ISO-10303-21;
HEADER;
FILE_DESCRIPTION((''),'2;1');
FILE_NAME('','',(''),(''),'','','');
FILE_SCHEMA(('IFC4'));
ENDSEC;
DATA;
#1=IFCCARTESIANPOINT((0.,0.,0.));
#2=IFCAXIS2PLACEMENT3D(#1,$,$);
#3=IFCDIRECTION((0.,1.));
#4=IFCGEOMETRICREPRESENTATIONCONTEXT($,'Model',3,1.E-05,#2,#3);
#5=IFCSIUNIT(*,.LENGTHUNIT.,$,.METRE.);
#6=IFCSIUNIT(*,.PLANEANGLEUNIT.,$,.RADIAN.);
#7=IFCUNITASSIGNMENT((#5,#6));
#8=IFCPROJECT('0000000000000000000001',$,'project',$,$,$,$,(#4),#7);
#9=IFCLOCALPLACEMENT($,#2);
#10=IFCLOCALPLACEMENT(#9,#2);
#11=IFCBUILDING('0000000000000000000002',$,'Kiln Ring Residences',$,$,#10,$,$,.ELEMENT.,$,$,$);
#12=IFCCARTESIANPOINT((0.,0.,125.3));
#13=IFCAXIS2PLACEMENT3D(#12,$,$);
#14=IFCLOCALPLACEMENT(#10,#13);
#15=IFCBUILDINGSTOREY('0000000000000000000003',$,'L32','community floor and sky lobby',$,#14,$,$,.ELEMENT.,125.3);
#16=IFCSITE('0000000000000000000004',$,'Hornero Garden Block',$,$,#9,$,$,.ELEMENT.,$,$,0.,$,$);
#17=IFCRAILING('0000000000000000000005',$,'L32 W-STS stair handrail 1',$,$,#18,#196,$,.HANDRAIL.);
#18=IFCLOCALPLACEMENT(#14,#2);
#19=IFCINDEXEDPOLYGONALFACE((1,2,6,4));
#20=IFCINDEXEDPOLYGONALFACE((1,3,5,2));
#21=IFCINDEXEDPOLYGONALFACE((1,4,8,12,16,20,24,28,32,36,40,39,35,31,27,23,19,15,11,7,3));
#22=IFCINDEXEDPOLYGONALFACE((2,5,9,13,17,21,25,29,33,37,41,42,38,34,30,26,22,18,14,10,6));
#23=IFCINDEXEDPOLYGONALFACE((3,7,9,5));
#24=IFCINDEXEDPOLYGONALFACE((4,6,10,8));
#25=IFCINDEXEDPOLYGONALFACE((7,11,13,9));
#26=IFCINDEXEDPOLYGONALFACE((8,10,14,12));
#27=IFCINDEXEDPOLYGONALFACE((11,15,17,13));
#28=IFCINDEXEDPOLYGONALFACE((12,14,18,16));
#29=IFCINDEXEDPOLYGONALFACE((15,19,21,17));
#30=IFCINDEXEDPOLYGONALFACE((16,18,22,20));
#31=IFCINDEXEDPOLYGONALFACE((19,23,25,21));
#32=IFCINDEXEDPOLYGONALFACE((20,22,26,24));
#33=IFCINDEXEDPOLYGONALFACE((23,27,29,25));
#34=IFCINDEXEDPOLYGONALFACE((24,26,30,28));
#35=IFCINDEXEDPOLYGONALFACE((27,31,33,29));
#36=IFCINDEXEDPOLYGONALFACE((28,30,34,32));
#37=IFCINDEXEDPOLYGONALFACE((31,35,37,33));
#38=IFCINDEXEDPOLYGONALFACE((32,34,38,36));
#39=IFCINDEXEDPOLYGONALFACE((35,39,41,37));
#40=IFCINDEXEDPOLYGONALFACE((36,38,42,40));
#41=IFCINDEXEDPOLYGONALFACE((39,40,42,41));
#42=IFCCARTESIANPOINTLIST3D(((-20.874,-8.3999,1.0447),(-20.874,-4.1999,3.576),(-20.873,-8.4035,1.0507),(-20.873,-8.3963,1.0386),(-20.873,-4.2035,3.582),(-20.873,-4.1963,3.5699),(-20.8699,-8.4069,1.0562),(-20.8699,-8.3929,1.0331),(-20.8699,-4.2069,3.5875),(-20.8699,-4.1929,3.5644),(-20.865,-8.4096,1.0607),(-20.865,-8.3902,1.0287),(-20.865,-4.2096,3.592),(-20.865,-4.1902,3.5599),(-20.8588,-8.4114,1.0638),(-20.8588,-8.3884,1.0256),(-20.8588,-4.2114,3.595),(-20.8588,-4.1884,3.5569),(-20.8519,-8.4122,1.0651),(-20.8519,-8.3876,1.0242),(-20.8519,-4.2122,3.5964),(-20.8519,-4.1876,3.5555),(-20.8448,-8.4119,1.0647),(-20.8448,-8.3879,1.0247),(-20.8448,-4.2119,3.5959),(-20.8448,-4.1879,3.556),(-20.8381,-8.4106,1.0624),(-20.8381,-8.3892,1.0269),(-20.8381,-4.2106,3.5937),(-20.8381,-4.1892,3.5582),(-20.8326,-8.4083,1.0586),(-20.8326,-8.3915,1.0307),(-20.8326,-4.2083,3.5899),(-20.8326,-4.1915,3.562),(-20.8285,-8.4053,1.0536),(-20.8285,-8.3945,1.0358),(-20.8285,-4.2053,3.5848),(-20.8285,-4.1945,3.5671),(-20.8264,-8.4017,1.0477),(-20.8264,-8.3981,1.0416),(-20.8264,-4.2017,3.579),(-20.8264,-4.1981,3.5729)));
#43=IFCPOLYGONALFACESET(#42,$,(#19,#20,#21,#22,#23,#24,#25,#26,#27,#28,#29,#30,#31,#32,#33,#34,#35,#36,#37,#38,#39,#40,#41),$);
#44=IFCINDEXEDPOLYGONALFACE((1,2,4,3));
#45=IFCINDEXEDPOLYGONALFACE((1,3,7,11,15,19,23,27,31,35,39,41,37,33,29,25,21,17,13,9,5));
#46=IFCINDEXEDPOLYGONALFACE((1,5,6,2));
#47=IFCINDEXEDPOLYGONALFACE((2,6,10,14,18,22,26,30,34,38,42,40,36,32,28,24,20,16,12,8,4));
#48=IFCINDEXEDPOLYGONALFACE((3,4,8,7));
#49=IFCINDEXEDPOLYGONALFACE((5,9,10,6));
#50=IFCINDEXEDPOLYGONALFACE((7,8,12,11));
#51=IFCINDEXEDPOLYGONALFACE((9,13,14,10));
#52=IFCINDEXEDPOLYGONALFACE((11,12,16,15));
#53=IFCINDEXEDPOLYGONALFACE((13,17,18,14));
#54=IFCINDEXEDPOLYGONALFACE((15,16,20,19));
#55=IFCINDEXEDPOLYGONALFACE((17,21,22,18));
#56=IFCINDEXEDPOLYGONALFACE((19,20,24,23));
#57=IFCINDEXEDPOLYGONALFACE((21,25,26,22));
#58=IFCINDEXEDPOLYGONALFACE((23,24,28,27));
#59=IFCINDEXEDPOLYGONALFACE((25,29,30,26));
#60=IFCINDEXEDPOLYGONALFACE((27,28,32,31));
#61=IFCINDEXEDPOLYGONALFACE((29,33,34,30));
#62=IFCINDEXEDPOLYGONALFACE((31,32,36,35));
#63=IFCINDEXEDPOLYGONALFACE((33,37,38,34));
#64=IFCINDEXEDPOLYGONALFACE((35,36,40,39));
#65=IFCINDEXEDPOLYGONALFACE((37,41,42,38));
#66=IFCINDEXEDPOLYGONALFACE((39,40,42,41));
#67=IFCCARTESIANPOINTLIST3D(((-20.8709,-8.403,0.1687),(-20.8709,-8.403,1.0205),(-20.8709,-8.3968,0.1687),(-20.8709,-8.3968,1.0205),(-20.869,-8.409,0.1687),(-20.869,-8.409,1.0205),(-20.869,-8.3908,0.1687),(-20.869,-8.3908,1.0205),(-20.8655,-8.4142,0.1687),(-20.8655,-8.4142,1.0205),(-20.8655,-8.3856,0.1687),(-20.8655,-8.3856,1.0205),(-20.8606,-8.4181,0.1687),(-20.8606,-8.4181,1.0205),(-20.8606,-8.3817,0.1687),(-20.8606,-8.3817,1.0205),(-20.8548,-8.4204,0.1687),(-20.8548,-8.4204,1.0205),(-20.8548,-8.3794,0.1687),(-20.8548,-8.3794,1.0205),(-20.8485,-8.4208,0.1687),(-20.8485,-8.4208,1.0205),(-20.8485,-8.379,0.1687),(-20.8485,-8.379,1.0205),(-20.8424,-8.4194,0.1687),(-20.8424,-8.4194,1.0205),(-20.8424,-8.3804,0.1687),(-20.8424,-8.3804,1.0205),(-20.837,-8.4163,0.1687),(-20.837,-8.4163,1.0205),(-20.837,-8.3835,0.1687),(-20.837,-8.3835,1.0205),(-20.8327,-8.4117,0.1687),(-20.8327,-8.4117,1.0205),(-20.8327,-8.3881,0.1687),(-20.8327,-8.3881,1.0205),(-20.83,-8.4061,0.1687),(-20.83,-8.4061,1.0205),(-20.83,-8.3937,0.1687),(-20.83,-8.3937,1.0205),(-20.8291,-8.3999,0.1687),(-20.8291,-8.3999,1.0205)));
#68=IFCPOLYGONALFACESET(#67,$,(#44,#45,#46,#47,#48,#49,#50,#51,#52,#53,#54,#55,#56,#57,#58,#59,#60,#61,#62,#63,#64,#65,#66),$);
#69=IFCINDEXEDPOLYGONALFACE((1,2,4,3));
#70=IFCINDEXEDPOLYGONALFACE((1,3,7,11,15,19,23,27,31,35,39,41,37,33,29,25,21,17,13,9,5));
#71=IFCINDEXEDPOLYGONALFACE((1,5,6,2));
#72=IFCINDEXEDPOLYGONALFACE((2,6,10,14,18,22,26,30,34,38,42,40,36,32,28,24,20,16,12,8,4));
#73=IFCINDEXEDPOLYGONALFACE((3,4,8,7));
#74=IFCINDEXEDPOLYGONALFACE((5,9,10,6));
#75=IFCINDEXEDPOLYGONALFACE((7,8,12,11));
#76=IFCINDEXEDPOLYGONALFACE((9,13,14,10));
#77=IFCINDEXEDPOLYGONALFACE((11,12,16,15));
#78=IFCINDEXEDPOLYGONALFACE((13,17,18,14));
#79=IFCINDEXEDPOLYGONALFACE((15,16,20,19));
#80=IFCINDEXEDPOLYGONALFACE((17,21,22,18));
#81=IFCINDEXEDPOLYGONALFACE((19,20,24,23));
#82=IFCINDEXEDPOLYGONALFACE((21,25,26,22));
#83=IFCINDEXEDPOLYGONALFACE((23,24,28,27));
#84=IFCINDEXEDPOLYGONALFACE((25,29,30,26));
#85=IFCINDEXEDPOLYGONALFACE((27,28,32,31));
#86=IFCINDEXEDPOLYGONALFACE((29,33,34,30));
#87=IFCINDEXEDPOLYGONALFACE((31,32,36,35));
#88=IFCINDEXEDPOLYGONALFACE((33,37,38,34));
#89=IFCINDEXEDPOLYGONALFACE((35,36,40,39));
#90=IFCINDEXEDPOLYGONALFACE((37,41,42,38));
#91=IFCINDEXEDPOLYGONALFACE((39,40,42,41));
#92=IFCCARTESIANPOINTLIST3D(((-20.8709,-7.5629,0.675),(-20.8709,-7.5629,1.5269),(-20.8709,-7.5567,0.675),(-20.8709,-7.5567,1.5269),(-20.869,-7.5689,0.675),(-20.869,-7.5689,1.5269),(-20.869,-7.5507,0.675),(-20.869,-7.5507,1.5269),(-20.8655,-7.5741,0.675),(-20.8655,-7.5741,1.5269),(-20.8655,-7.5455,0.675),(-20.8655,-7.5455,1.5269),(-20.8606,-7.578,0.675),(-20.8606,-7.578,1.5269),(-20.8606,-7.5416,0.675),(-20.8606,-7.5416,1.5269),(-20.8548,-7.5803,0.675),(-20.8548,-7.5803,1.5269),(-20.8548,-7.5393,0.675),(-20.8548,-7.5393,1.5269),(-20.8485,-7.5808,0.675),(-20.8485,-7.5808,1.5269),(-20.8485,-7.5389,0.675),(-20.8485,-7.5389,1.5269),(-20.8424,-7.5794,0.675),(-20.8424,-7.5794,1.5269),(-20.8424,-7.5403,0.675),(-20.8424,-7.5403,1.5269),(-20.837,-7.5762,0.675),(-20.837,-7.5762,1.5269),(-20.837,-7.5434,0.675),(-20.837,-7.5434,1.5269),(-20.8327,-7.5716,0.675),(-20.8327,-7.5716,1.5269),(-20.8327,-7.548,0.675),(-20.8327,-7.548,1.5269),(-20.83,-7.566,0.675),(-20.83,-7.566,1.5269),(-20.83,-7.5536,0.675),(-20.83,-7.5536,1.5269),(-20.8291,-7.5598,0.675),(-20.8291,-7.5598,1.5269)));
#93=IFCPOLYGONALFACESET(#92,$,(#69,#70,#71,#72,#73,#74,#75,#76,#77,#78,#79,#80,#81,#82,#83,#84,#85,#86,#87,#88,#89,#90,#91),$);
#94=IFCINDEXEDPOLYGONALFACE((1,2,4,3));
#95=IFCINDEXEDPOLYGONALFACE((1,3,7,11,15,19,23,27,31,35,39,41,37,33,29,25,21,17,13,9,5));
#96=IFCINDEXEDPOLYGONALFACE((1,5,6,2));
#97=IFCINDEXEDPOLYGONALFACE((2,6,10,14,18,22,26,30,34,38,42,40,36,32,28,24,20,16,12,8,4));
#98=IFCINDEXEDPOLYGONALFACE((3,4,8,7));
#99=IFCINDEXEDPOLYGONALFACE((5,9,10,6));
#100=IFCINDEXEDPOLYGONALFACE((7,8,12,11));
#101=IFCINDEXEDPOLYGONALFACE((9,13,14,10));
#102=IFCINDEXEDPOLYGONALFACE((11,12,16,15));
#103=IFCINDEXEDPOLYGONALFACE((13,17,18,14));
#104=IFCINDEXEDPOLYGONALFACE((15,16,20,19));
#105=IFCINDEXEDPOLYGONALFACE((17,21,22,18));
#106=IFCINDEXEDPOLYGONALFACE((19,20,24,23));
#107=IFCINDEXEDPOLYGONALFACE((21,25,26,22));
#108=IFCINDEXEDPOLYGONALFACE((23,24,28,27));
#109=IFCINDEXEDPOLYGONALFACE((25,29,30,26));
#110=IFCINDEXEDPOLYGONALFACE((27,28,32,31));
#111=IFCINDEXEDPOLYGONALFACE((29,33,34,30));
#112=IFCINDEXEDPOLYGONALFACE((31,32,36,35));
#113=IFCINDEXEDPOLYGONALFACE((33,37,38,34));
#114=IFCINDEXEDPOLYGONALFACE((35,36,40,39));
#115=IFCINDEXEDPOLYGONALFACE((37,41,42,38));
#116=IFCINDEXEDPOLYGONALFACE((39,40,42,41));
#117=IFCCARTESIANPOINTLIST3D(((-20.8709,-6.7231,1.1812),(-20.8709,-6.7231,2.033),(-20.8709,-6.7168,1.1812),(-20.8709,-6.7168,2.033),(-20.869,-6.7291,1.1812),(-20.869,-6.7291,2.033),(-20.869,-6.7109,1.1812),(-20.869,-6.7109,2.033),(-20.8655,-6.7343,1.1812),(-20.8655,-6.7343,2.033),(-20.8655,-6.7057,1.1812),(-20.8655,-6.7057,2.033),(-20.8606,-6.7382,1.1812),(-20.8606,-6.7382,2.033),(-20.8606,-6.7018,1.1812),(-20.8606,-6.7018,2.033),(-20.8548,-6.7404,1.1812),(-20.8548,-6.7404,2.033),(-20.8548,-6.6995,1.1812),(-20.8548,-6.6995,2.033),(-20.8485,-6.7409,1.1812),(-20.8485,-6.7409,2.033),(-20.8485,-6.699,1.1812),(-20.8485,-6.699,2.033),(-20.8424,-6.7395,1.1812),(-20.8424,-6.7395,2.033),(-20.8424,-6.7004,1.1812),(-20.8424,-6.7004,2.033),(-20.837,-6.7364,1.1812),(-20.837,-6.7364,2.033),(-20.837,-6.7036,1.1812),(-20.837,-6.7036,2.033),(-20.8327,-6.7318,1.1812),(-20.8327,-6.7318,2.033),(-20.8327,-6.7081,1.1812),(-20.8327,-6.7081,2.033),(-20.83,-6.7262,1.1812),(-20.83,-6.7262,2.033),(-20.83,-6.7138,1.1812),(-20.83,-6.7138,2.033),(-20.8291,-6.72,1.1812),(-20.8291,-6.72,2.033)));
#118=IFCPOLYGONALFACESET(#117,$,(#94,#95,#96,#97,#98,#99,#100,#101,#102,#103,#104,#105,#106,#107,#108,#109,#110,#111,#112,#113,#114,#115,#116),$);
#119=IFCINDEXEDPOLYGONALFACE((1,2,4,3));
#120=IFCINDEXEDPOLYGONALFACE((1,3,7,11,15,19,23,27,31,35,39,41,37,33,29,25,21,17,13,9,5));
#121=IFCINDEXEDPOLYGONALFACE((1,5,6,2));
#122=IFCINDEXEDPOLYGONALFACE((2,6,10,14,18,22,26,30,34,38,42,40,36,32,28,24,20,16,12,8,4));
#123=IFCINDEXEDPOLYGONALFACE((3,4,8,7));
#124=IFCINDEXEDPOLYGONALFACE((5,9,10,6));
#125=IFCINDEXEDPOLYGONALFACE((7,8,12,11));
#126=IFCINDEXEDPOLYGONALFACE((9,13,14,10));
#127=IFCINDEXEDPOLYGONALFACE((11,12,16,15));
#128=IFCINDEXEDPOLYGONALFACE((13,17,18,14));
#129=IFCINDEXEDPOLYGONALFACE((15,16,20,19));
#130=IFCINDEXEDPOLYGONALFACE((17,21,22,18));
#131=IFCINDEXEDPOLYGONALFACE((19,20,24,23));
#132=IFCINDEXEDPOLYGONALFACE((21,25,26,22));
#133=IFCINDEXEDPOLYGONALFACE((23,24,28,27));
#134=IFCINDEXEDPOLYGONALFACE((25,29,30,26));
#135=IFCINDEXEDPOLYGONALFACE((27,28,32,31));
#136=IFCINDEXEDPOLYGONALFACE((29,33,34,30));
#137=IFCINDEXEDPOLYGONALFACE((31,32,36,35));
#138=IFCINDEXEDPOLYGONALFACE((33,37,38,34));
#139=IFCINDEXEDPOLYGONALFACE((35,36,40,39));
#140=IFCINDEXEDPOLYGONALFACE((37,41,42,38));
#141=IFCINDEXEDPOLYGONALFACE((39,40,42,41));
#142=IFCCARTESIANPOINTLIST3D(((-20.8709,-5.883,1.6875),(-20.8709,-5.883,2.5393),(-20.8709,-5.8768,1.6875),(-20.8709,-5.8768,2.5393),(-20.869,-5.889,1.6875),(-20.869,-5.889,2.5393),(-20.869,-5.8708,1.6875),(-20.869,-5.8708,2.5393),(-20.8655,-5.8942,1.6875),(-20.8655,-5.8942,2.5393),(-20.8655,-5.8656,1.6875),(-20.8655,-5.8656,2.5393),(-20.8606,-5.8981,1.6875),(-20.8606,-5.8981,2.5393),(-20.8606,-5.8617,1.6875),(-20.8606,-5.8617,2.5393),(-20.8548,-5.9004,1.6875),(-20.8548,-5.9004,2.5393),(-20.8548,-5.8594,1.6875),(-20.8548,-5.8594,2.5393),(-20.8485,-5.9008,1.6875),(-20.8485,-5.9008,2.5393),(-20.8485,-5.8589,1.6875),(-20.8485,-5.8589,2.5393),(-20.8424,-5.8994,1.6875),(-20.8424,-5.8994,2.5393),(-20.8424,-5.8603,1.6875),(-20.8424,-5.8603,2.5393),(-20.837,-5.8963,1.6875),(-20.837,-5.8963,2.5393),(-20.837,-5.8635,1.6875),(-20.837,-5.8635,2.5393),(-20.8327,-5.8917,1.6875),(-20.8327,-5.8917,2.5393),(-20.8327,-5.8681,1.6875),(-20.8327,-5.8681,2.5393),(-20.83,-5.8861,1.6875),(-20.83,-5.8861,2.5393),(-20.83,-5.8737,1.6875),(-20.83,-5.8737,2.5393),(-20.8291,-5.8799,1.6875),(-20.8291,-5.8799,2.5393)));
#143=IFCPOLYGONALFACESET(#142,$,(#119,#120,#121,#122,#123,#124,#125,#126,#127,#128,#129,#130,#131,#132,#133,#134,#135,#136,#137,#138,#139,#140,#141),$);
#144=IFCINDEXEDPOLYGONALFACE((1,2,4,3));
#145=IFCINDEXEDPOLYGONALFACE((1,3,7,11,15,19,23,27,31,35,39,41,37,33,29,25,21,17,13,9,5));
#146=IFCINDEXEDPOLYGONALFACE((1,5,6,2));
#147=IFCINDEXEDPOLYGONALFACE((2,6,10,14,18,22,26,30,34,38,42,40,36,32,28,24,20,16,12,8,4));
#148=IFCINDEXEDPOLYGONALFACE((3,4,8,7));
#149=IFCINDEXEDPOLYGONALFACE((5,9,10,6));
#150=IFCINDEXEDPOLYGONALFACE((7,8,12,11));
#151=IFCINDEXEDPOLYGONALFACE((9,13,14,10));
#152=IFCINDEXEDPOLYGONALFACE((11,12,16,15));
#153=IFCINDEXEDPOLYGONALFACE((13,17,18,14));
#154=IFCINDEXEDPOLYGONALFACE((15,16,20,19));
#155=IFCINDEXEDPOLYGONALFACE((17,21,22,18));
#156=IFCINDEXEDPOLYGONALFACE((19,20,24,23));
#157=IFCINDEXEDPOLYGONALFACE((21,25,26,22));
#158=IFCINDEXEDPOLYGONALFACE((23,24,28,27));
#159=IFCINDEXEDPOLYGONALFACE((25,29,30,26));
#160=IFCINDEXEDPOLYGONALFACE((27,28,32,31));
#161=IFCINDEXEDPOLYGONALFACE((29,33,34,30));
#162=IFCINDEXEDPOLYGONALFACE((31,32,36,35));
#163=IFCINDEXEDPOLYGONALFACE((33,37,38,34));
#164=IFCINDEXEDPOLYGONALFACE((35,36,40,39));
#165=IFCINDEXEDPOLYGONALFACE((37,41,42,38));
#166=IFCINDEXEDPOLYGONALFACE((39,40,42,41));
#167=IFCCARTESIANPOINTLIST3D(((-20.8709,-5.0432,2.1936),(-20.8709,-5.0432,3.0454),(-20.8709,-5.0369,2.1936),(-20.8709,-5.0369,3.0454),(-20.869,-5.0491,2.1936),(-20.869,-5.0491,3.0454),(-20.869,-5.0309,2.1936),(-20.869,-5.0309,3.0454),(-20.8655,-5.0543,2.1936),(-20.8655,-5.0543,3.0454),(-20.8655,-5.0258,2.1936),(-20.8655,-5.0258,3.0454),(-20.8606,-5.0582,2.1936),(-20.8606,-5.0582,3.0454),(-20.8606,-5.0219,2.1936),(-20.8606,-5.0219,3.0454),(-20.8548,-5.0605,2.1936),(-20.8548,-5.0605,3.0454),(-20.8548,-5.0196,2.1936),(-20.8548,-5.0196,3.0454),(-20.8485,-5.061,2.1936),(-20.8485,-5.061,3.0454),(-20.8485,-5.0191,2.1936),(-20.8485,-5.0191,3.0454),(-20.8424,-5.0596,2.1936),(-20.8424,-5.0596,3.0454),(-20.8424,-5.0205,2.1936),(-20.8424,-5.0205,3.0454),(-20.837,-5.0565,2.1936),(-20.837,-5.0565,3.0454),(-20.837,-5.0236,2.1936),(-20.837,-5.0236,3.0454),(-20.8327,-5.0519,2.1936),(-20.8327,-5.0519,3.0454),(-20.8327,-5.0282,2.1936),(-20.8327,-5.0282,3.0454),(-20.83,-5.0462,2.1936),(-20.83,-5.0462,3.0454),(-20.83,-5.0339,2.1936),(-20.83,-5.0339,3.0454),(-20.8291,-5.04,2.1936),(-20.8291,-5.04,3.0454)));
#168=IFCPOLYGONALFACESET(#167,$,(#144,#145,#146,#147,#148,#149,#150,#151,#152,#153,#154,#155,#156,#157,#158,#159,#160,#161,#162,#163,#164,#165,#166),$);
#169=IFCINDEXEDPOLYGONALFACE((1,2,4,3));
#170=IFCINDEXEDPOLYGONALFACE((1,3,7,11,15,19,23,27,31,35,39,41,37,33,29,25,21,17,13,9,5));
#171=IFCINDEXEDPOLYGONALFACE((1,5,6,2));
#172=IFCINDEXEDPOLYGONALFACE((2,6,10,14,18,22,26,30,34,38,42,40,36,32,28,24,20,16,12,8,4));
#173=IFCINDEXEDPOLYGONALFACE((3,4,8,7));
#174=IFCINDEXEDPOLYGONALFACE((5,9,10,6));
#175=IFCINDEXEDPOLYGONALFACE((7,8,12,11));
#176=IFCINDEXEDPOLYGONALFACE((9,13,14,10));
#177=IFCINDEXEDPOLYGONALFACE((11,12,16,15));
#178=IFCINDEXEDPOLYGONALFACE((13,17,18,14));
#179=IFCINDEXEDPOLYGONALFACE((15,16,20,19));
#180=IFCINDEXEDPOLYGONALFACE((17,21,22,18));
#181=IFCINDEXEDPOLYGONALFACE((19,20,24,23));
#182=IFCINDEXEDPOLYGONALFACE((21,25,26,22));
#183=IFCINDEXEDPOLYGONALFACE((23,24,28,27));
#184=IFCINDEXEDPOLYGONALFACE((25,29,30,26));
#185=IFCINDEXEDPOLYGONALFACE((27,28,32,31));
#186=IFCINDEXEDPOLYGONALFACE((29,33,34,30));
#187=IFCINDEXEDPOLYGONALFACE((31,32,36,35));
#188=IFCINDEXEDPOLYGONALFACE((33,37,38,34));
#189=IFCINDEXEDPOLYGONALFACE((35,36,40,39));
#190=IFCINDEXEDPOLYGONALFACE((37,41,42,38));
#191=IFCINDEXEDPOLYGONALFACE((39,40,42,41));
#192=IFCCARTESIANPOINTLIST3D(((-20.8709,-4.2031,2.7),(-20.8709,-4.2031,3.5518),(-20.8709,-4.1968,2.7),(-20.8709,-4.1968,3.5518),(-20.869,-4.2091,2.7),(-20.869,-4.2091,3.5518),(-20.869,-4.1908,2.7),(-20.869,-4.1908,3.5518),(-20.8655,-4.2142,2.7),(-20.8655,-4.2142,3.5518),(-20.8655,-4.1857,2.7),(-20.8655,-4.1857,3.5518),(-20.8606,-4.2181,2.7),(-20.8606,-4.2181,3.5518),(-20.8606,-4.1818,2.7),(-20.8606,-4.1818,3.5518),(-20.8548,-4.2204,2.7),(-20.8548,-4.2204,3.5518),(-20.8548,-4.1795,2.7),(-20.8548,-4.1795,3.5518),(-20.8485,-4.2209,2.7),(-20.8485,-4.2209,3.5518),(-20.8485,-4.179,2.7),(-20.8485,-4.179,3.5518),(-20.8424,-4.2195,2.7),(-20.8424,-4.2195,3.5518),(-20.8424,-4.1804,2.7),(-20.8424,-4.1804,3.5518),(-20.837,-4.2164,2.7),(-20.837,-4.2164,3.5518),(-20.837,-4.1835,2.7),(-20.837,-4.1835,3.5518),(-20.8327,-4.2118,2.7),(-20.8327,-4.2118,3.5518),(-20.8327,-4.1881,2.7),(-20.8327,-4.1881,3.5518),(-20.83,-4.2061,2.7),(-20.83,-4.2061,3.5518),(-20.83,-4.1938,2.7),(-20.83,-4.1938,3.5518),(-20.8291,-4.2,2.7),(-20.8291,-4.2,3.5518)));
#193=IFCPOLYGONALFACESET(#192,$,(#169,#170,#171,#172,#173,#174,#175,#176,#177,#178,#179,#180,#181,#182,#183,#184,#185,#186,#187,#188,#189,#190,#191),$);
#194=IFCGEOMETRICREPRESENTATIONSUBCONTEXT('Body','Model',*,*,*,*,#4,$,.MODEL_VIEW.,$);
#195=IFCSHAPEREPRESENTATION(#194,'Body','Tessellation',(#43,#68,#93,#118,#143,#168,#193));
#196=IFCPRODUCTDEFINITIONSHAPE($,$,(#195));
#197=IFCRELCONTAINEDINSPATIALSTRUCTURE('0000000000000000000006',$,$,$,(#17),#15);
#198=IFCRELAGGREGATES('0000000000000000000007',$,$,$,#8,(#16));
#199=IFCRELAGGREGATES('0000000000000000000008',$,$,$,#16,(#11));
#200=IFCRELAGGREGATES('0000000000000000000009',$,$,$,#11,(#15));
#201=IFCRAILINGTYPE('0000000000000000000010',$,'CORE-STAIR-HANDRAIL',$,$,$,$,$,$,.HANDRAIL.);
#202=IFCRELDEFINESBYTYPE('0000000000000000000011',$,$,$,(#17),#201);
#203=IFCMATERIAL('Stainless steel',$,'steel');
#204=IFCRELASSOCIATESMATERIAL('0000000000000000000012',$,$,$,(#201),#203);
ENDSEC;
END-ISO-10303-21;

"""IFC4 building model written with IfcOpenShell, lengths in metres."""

from ifc_helpers import new_model, si_unit, direction, frame, origin, origin_2d, place, context, subcontext, project, spatial, circle, extrude, material, type_object, element, save


model = new_model("IFC4")

# Units and contexts
model_context = context("Model", 3, precision=1e-05, world=origin(), true_north=direction((0.0, 1.0)))
body_context = subcontext(model_context, "Body", "Model", "MODEL_VIEW")
ifc_project = project(units=[si_unit("LENGTHUNIT", "METRE"), si_unit("PLANEANGLEUNIT", "RADIAN")], contexts=[model_context])

# Site, building, storey
site_placement = place(None, origin())
site = spatial("IfcSite", under=ifc_project, at=site_placement, Name="Hornero Garden Block", CompositionType="ELEMENT", RefElevation=0.0)
building_placement = place(site_placement, origin())
building = spatial("IfcBuilding", under=site, at=building_placement, Name="Kiln Ring Residences", CompositionType="ELEMENT")
storey_placement = place(building_placement, frame((0.0, 0.0, 125.3)))
storey = spatial("IfcBuildingStorey", under=building, at=storey_placement, Name="L32", Description="community floor and sky lobby", CompositionType="ELEMENT", Elevation=125.3)

# Railing
ifc_material_1 = material(Name="Stainless steel", Category="steel")
railing_type_1 = type_object("IfcRailingType", Name="CORE-STAIR-HANDRAIL", PredefinedType="HANDRAIL", material=ifc_material_1)
railing_1_placement = place(storey_placement, frame((-20.8501, -8.3999, 0.1687)))
element("IfcRailing", 1, at=railing_1_placement, inside=storey, type_object=railing_type_1, Name="L32 W-STS stair handrail 1", PredefinedType="HANDRAIL", context=body_context, shape_type="SweptSolid", body=[
    extrude(circle(Radius=0.0239, at=origin_2d()), frame((0.0, 0.0, 0.876), z_axis=(0.0, 0.856476, 0.516186), x_axis=(-1.0, 0.0, 0.0)), (0.0, 0.0, 1.0), 4.9038),
    extrude(circle(Radius=0.021, at=origin_2d()), origin(), (0.0, 0.0, 1.0), 0.8518),
    extrude(circle(Radius=0.021, at=origin_2d()), frame((0.0, 0.8401, 0.5063)), (0.0, 0.0, 1.0), 0.8518),
    extrude(circle(Radius=0.021, at=origin_2d()), frame((0.0, 1.6799, 1.0125)), (0.0, 0.0, 1.0), 0.8518),
    extrude(circle(Radius=0.021, at=origin_2d()), frame((0.0, 2.52, 1.5188)), (0.0, 0.0, 1.0), 0.8518),
    extrude(circle(Radius=0.021, at=origin_2d()), frame((0.0, 3.3599, 2.0249)), (0.0, 0.0, 1.0), 0.8518),
    extrude(circle(Radius=0.021, at=origin_2d()), frame((0.0, 4.2, 2.5312)), (0.0, 0.0, 1.0), 0.8518),
])

save(model, "model.ifc")
